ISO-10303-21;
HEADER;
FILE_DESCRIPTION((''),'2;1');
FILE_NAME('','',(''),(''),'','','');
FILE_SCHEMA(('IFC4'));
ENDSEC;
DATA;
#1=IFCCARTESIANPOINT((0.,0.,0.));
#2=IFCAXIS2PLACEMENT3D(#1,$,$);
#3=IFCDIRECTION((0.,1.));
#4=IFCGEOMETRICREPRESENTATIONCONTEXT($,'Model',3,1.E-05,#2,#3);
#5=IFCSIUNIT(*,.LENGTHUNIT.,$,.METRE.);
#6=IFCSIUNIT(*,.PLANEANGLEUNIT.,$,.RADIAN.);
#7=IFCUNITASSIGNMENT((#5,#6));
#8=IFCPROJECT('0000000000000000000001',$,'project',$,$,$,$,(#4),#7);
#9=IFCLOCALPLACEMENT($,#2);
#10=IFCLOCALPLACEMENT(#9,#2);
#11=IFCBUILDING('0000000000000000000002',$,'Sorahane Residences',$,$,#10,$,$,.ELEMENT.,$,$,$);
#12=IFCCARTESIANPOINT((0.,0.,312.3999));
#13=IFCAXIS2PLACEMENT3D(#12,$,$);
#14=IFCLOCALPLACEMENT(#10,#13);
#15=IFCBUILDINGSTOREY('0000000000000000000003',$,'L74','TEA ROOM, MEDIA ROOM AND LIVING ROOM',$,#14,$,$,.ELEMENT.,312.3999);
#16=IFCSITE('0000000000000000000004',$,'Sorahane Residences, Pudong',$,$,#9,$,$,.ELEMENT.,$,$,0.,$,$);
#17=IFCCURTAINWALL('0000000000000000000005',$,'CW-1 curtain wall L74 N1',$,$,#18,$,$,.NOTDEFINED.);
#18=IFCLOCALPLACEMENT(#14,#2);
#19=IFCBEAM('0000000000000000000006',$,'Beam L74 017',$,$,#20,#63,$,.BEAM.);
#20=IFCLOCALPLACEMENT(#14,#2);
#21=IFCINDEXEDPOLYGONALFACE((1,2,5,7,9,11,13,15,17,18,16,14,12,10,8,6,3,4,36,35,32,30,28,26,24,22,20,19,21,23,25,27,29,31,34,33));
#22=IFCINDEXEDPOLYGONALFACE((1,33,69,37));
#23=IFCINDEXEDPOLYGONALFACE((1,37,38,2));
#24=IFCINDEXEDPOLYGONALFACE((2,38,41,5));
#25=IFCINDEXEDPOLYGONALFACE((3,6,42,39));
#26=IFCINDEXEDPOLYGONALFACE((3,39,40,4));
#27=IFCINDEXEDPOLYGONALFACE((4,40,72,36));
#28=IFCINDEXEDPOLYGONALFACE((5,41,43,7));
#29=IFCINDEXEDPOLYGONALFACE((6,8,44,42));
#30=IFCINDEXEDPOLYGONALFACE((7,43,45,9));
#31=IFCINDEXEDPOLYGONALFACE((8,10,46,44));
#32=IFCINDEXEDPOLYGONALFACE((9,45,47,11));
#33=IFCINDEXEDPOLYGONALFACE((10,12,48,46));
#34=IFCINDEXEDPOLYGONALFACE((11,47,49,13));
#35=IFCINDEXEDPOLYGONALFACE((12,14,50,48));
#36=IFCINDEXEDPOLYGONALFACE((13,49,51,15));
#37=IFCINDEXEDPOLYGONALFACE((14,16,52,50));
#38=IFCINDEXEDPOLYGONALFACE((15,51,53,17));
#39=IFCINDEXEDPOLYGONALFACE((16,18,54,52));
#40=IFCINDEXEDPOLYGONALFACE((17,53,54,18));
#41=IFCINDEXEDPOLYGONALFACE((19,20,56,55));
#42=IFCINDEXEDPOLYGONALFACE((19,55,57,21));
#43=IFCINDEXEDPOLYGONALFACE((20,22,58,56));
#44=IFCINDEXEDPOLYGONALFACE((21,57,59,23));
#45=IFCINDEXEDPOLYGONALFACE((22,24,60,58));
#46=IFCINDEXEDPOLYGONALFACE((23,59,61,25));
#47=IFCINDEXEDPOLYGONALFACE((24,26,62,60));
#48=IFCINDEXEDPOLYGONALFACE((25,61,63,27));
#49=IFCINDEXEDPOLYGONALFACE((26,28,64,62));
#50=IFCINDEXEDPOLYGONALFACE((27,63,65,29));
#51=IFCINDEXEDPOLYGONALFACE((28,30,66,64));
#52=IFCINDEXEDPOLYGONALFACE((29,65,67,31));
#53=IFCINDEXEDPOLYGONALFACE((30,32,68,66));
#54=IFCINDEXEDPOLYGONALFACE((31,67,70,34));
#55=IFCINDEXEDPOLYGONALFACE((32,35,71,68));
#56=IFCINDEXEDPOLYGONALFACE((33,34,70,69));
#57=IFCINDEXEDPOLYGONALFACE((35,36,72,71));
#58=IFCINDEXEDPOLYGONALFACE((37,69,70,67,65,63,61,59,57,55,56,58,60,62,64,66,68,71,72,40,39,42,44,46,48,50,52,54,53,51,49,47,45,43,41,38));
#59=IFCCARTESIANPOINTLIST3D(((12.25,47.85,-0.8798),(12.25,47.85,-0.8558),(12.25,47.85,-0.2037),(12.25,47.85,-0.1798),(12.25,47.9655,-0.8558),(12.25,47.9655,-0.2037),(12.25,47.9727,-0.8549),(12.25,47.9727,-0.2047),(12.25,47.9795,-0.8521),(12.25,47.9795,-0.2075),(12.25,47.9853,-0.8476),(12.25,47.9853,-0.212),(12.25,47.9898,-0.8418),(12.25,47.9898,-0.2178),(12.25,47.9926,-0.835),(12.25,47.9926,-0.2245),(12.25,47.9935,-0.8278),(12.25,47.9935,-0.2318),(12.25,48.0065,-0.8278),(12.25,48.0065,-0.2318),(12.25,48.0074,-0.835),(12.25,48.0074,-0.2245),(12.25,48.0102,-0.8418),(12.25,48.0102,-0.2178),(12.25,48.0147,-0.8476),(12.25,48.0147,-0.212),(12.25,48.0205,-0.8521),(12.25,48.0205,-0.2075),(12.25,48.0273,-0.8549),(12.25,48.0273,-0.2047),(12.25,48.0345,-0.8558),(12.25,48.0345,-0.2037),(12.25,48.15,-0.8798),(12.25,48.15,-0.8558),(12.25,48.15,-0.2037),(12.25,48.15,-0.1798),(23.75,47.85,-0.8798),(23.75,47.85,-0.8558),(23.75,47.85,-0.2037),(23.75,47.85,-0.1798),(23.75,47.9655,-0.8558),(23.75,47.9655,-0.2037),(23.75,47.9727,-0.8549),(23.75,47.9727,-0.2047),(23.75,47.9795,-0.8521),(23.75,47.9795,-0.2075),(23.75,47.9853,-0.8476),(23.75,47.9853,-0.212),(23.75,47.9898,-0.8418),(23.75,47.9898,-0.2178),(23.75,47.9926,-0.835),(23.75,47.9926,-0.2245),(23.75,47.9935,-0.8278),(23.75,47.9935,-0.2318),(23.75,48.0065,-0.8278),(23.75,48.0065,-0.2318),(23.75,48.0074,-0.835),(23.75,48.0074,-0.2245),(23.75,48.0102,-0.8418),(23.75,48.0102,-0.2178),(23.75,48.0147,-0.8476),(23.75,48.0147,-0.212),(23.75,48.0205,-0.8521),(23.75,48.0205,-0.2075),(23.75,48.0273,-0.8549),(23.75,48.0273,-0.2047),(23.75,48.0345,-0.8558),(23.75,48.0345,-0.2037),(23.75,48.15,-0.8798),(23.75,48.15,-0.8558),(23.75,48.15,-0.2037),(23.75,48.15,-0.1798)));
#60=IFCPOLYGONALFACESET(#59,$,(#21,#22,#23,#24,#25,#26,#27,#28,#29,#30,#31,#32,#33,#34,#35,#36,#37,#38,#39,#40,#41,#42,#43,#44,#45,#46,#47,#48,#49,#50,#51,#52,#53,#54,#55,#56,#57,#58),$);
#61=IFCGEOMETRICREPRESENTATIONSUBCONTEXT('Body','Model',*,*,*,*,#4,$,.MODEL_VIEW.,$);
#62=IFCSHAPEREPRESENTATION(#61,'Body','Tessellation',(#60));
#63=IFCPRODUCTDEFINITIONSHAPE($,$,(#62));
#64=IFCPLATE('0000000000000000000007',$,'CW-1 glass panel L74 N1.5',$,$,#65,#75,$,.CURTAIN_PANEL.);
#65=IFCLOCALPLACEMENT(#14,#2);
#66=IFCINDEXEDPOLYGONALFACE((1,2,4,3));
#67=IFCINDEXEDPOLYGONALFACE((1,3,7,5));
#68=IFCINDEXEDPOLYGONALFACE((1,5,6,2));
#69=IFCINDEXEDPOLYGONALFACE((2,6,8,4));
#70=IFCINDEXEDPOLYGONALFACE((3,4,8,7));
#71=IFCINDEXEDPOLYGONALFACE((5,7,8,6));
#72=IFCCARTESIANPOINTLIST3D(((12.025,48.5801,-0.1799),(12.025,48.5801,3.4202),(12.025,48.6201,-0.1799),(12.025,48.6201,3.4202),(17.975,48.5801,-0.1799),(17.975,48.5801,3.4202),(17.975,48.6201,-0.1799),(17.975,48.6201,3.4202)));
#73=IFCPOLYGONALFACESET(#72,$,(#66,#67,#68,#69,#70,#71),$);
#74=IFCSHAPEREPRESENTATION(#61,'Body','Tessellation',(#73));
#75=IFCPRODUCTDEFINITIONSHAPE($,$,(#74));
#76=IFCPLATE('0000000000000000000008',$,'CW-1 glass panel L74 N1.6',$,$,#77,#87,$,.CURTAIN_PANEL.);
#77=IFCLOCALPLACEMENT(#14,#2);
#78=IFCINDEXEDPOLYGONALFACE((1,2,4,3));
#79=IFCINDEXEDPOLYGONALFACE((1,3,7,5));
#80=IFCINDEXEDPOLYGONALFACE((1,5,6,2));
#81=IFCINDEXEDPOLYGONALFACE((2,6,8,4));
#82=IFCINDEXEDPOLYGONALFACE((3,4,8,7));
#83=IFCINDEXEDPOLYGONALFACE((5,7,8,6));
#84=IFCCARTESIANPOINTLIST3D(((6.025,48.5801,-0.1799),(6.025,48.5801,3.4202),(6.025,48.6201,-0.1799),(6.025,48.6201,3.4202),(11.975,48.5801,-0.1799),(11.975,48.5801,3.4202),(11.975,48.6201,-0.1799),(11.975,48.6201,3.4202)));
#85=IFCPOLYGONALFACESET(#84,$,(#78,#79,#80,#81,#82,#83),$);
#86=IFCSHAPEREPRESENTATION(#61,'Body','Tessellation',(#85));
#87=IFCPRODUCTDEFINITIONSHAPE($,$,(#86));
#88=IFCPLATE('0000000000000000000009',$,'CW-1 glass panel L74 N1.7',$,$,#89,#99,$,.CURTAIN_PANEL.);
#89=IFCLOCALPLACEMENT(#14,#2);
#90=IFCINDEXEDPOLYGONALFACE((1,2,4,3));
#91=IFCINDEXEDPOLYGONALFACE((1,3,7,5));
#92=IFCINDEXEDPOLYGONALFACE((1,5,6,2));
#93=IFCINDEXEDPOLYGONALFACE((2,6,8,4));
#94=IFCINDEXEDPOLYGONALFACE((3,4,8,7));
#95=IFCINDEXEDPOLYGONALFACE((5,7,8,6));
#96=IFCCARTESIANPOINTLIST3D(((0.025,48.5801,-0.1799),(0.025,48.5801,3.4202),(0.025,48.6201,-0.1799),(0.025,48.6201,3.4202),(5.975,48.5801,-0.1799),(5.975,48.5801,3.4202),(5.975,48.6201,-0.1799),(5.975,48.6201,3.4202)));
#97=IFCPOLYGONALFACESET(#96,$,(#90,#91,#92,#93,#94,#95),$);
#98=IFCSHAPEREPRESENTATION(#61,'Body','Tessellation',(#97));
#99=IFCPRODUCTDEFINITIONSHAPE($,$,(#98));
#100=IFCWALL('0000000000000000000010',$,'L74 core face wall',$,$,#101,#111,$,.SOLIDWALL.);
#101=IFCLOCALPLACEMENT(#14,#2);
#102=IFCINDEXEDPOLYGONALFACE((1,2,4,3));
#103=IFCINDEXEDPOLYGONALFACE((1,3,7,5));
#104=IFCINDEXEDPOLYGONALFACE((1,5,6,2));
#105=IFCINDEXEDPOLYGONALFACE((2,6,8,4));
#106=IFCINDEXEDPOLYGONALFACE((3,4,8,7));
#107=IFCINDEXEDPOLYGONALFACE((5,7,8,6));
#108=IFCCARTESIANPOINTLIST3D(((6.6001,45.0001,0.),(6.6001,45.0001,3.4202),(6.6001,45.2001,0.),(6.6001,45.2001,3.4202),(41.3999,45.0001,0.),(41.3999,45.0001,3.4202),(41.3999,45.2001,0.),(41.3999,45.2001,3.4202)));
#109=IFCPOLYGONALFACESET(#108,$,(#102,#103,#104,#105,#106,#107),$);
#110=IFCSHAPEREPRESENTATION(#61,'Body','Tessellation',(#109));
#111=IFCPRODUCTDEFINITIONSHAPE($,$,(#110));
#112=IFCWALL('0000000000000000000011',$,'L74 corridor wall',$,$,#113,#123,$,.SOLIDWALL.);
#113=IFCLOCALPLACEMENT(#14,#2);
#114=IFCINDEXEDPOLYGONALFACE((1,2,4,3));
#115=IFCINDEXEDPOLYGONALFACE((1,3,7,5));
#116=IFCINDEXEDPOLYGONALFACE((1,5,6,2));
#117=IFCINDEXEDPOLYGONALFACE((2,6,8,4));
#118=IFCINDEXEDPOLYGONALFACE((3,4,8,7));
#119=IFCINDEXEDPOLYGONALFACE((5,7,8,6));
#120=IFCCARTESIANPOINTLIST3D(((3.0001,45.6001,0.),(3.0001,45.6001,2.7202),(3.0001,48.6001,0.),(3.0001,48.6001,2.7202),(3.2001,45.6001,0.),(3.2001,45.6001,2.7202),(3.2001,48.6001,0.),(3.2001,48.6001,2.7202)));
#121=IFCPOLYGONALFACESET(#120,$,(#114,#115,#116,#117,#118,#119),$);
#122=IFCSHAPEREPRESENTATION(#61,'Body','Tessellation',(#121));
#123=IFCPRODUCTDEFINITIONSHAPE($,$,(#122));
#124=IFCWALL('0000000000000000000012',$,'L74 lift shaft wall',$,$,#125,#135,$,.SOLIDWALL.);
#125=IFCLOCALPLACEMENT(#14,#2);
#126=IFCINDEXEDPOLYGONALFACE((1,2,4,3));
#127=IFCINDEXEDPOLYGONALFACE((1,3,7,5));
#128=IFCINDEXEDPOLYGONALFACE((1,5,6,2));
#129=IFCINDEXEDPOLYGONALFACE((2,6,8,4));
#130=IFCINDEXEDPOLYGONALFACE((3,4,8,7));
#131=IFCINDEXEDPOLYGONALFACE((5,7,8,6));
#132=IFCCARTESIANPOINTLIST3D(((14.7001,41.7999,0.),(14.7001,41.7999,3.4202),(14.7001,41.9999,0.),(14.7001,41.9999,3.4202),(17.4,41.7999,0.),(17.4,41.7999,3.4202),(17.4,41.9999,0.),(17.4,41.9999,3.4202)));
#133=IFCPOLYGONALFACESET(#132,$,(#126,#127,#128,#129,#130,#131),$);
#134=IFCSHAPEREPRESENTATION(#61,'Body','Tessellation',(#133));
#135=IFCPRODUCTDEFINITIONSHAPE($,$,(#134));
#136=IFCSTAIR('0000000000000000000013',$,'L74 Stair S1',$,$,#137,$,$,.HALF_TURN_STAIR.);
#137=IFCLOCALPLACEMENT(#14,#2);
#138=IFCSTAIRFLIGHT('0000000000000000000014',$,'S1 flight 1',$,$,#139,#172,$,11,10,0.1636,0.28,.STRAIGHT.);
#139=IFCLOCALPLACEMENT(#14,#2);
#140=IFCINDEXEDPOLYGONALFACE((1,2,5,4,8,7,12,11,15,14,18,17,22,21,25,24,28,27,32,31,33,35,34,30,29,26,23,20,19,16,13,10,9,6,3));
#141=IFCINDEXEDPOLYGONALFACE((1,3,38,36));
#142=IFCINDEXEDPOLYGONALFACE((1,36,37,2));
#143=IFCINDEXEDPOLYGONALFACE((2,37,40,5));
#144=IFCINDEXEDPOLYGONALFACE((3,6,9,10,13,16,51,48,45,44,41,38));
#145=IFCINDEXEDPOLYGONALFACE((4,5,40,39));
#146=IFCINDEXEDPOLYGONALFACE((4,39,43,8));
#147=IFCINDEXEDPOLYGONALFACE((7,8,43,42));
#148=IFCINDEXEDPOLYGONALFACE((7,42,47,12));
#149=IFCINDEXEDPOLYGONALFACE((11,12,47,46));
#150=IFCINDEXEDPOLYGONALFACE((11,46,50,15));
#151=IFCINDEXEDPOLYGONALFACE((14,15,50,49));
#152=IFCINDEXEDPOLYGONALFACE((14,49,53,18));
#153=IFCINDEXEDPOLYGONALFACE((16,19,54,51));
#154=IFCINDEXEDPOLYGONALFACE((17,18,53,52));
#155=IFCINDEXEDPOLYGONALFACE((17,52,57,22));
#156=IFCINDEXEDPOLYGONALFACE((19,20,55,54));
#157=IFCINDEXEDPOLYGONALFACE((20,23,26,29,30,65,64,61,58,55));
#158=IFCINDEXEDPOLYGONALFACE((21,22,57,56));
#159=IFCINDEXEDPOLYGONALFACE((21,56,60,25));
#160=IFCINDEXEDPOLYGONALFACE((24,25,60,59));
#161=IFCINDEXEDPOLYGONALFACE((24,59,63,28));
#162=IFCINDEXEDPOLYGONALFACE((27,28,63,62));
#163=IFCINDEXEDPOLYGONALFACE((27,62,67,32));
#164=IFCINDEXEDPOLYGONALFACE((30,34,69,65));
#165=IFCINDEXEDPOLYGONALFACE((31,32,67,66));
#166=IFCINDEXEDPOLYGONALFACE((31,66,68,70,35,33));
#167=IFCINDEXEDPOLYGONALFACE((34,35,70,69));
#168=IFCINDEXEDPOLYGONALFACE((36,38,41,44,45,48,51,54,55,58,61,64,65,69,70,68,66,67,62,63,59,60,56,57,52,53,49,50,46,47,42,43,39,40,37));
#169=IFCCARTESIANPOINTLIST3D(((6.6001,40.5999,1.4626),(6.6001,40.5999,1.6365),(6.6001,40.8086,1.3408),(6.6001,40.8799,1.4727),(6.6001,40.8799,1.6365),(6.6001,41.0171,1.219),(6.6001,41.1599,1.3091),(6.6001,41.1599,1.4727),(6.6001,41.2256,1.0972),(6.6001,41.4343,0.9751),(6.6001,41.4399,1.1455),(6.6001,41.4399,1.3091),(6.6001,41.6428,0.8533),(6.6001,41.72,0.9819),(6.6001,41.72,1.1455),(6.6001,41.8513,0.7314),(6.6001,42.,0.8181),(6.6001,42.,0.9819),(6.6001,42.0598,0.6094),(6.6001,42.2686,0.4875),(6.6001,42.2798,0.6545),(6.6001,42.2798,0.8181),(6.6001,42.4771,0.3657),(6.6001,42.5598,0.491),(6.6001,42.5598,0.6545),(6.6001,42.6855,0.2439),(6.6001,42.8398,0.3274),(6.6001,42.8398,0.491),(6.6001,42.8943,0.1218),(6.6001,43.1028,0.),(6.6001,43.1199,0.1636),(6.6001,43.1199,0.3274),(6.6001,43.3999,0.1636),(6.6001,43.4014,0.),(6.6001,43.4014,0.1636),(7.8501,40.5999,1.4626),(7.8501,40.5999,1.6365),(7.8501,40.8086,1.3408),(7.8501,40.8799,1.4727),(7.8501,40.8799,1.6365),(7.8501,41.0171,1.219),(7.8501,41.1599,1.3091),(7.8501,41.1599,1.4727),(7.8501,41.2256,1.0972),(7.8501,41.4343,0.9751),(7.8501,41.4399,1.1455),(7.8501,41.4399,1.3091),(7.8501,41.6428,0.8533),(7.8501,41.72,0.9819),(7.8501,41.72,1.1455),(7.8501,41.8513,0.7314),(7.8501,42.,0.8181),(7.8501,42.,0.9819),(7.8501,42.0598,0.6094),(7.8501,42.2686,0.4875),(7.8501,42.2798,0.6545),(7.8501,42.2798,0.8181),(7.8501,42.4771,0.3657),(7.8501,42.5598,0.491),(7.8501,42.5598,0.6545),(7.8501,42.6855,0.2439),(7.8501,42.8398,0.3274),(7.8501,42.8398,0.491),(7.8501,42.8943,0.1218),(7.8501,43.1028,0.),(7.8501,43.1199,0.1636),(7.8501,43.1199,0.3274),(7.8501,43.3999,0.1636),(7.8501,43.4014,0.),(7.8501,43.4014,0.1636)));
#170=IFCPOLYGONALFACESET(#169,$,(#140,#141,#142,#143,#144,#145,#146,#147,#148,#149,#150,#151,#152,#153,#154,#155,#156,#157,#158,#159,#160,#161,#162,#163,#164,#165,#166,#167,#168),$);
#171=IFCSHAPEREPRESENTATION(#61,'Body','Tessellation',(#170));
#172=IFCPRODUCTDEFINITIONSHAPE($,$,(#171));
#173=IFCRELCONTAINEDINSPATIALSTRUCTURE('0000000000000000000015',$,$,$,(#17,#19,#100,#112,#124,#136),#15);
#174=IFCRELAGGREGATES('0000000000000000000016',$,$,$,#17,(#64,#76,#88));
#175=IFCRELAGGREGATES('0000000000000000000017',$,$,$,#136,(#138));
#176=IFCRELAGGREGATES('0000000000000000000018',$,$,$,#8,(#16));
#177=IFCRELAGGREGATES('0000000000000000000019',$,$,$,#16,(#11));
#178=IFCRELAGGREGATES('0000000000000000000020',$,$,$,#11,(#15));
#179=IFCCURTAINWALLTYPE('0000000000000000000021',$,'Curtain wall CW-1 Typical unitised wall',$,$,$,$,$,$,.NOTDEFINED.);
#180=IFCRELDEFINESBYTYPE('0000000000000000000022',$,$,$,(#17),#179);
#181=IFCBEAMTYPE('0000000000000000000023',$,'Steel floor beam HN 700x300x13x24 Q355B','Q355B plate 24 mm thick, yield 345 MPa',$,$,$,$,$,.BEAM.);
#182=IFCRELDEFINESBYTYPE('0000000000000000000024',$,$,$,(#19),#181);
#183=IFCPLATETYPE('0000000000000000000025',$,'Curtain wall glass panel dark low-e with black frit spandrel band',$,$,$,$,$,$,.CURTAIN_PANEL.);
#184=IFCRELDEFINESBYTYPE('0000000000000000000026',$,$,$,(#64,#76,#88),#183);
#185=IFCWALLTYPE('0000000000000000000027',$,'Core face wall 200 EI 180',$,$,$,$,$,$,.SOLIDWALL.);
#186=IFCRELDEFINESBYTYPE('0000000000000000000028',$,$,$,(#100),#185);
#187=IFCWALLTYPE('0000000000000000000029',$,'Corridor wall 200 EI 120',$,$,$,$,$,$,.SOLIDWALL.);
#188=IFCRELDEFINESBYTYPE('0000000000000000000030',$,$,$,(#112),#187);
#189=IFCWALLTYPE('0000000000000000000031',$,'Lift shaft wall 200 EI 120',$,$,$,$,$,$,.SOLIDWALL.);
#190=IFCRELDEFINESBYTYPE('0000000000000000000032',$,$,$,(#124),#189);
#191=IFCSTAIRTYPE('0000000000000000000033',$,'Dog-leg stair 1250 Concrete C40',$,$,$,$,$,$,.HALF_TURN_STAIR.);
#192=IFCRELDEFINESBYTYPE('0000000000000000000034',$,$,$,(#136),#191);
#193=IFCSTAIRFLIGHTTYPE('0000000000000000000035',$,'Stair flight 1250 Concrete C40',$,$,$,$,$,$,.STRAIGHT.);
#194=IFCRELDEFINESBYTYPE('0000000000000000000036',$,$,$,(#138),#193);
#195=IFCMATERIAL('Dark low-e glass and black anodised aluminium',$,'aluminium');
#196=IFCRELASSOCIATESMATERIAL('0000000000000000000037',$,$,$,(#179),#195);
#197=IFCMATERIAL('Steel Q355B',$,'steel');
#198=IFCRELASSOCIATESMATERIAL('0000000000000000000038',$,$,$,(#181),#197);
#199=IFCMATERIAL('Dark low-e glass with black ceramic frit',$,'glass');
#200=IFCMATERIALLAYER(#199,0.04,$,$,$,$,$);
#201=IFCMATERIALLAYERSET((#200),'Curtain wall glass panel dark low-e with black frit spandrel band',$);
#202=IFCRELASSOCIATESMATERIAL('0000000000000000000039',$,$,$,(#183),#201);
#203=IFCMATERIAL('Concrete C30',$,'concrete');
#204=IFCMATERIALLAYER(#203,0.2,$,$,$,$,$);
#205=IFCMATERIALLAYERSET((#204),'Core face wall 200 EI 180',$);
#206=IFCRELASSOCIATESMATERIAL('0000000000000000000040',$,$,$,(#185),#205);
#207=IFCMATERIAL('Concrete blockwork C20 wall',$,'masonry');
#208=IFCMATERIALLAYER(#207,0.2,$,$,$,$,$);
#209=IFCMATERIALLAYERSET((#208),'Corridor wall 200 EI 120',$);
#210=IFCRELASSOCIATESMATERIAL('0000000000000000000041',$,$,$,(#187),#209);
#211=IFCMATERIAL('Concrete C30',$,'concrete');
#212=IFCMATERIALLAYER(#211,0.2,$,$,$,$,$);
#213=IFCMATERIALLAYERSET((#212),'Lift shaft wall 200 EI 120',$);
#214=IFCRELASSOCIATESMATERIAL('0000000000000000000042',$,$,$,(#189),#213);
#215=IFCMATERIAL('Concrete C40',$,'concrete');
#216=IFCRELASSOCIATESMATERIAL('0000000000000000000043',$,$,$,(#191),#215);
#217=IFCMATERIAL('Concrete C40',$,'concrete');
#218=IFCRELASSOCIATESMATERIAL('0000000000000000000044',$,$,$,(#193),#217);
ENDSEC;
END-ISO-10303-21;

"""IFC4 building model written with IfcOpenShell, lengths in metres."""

from ifc_helpers import new_model, si_unit, direction, frame, frame_2d, origin, origin_2d, place, context, subcontext, project, spatial, polyline, rectangle, i_section, outline, extrude, material, layer, layer_set, material_profile, profile_set, type_object, element, aggregate, save


model = new_model("IFC4")

# Units and contexts
model_context = context("Model", 3, precision=1e-05, world=origin(), true_north=direction((0.0, 1.0)))
body_context = subcontext(model_context, "Body", "Model", "MODEL_VIEW")
ifc_project = project(units=[si_unit("LENGTHUNIT", "METRE"), si_unit("PLANEANGLEUNIT", "RADIAN")], contexts=[model_context])

# Site, building, storey
site_placement = place(None, origin())
site = spatial("IfcSite", under=ifc_project, at=site_placement, Name="Sorahane Residences, Pudong", CompositionType="ELEMENT", RefElevation=0.0)
building_placement = place(site_placement, origin())
building = spatial("IfcBuilding", under=site, at=building_placement, Name="Sorahane Residences", CompositionType="ELEMENT")
storey_placement = place(building_placement, frame((0.0, 0.0, 312.3999)))
storey = spatial("IfcBuildingStorey", under=building, at=storey_placement, Name="L74", Description="TEA ROOM, MEDIA ROOM AND LIVING ROOM", CompositionType="ELEMENT", Elevation=312.3999)

# Curtain wall
ifc_material_1 = material(Name="Dark low-e glass and black anodised aluminium", Category="aluminium")
curtain_wall_type = type_object("IfcCurtainWallType", Name="Curtain wall CW-1 Typical unitised wall", PredefinedType="NOTDEFINED", material=ifc_material_1)
curtain_wall_placement = place(storey_placement, origin())
curtain_wall = element("IfcCurtainWall", 1, at=curtain_wall_placement, inside=storey, type_object=curtain_wall_type, Name="CW-1 curtain wall L74 N1", PredefinedType="NOTDEFINED")

# Beam
ifc_material_2 = material(Name="Steel Q355B", Category="steel")
ifc_material_profile_1 = material_profile(ifc_material_2, i_section(OverallWidth=0.3, OverallDepth=0.7, WebThickness=0.0129, FlangeThickness=0.0239, FilletRadius=0.0281, at=origin_2d()), Name="HN 700x300x13x24")
ifc_profile_set_1 = profile_set([ifc_material_profile_1], Name="Steel Q355B")
beam_type_1 = type_object("IfcBeamType", Name="Steel floor beam HN 700x300x13x24 Q355B", Description="Q355B plate 24 mm thick, yield 345 MPa", PredefinedType="BEAM", material=ifc_profile_set_1)
for number, where, z_axis, x_axis, name in (
    (2, (12.25, 48.0, -0.5298), (1.0, 0.0, 0.0), (0.0, 1.0, 0.0), "Beam L74 017"),
):
    element("IfcBeam", number, at=place(storey_placement, frame(where, z_axis=z_axis, x_axis=x_axis)), inside=storey, type_object=beam_type_1, Name=name, PredefinedType="BEAM", context=body_context, shape_type="SweptSolid", body=[
        extrude(i_section(OverallWidth=0.3, OverallDepth=0.7, WebThickness=0.0129, FlangeThickness=0.0239, FilletRadius=0.0281, at=origin_2d()), origin(), (0.0, 0.0, 1.0), 11.5),
    ])

# Plates
ifc_material_3 = material(Name="Dark low-e glass with black ceramic frit", Category="glass")
ifc_layer_1 = layer(ifc_material_3, 0.04)
ifc_layer_set_1 = layer_set([ifc_layer_1], Name="Curtain wall glass panel dark low-e with black frit spandrel band")
plate_type = type_object("IfcPlateType", Name="Curtain wall glass panel dark low-e with black frit spandrel band", PredefinedType="CURTAIN_PANEL", material=ifc_layer_set_1)
plate_1_placement = place(storey_placement, frame((15.0, 48.6001, -0.1799), z_axis=(0.0, 0.0, 1.0), x_axis=(-1.0, 0.0, 0.0)))
plate_1 = element("IfcPlate", 3, at=plate_1_placement, type_object=plate_type, Name="CW-1 glass panel L74 N1.5", PredefinedType="CURTAIN_PANEL", context=body_context, shape_type="SweptSolid", body=[
    extrude(rectangle(XDim=5.95, YDim=0.04, at=origin_2d()), origin(), (0.0, 0.0, 1.0), 3.6001),
])
plate_2_placement = place(storey_placement, frame((9.0, 48.6001, -0.1799), z_axis=(0.0, 0.0, 1.0), x_axis=(-1.0, 0.0, 0.0)))
plate_2 = element("IfcPlate", 4, at=plate_2_placement, type_object=plate_type, Name="CW-1 glass panel L74 N1.6", PredefinedType="CURTAIN_PANEL", context=body_context, shape_type="SweptSolid", body=[
    extrude(rectangle(XDim=5.95, YDim=0.04, at=origin_2d()), origin(), (0.0, 0.0, 1.0), 3.6001),
])
plate_3_placement = place(storey_placement, frame((3.0, 48.6001, -0.1799), z_axis=(0.0, 0.0, 1.0), x_axis=(-1.0, 0.0, 0.0)))
plate_3 = element("IfcPlate", 5, at=plate_3_placement, type_object=plate_type, Name="CW-1 glass panel L74 N1.7", PredefinedType="CURTAIN_PANEL", context=body_context, shape_type="SweptSolid", body=[
    extrude(rectangle(XDim=5.95, YDim=0.04, at=origin_2d()), origin(), (0.0, 0.0, 1.0), 3.6001),
])
aggregate(curtain_wall, [plate_1, plate_2, plate_3])

# Walls
ifc_material_4 = material(Name="Concrete C30", Category="concrete")
ifc_layer_2 = layer(ifc_material_4, 0.2)
ifc_layer_set_2 = layer_set([ifc_layer_2], Name="Core face wall 200 EI 180")
wall_type_1 = type_object("IfcWallType", Name="Core face wall 200 EI 180", PredefinedType="SOLIDWALL", material=ifc_layer_set_2)
wall_1_placement = place(storey_placement, frame((6.6001, 45.1001, 0.0), z_axis=(0.0, 0.0, 1.0), x_axis=(1.0, 0.0, 0.0)))
element("IfcWall", 6, at=wall_1_placement, inside=storey, type_object=wall_type_1, Name="L74 core face wall", PredefinedType="SOLIDWALL", context=body_context, shape_type="SweptSolid", body=[
    extrude(rectangle(XDim=34.7998, YDim=0.2, at=frame_2d((17.3999, 0.0))), origin(), (0.0, 0.0, 1.0), 3.4202),
])
ifc_material_5 = material(Name="Concrete blockwork C20 wall", Category="masonry")
ifc_layer_3 = layer(ifc_material_5, 0.2)
ifc_layer_set_3 = layer_set([ifc_layer_3], Name="Corridor wall 200 EI 120")
wall_type_2 = type_object("IfcWallType", Name="Corridor wall 200 EI 120", PredefinedType="SOLIDWALL", material=ifc_layer_set_3)
wall_2_placement = place(storey_placement, frame((3.1001, 45.6001, 0.0), z_axis=(0.0, 0.0, 1.0), x_axis=(0.0, 1.0, 0.0)))
element("IfcWall", 7, at=wall_2_placement, inside=storey, type_object=wall_type_2, Name="L74 corridor wall", PredefinedType="SOLIDWALL", context=body_context, shape_type="SweptSolid", body=[
    extrude(rectangle(XDim=3.0, YDim=0.2, at=frame_2d((1.5, 0.0))), origin(), (0.0, 0.0, 1.0), 2.7202),
])
ifc_material_6 = material(Name="Concrete C30", Category="concrete")
ifc_layer_4 = layer(ifc_material_6, 0.2)
ifc_layer_set_4 = layer_set([ifc_layer_4], Name="Lift shaft wall 200 EI 120")
wall_type_3 = type_object("IfcWallType", Name="Lift shaft wall 200 EI 120", PredefinedType="SOLIDWALL", material=ifc_layer_set_4)
wall_3_placement = place(storey_placement, frame((14.7, 41.8999, 0.0), z_axis=(0.0, 0.0, 1.0), x_axis=(1.0, 0.0, 0.0)))
element("IfcWall", 8, at=wall_3_placement, inside=storey, type_object=wall_type_3, Name="L74 lift shaft wall", PredefinedType="SOLIDWALL", context=body_context, shape_type="SweptSolid", body=[
    extrude(rectangle(XDim=2.7, YDim=0.2, at=frame_2d((1.3501, 0.0))), origin(), (0.0, 0.0, 1.0), 3.4202),
])

# Stair, stair flight
ifc_material_7 = material(Name="Concrete C40", Category="concrete")
stair_type = type_object("IfcStairType", Name="Dog-leg stair 1250 Concrete C40", PredefinedType="HALF_TURN_STAIR", material=ifc_material_7)
stair_placement = place(storey_placement, origin())
stair = element("IfcStair", 9, at=stair_placement, inside=storey, type_object=stair_type, Name="L74 Stair S1", PredefinedType="HALF_TURN_STAIR")
ifc_material_8 = material(Name="Concrete C40", Category="concrete")
stair_flight_type = type_object("IfcStairFlightType", Name="Stair flight 1250 Concrete C40", PredefinedType="STRAIGHT", material=ifc_material_8)
stair_flight_placement = place(storey_placement, frame((7.2251, 43.3999, 0.0), z_axis=(0.0, 0.0, 1.0), x_axis=(0.0, -1.0, 0.0)))
stair_flight = element("IfcStairFlight", 10, at=stair_flight_placement, type_object=stair_flight_type, Name="S1 flight 1", NumberOfRisers=11, NumberOfTreads=10, PredefinedType="STRAIGHT", RiserHeight=0.1636, TreadLength=0.28, context=body_context, shape_type="SweptSolid", body=[
    extrude(outline(polyline([(-0.0015, 0.0), (-0.0015, 0.1636), (0.0, 0.1636), (0.28, 0.1636), (0.28, 0.3274), (0.5601, 0.3274), (0.5601, 0.491), (0.8401, 0.491), (0.8401, 0.6545), (1.1201, 0.6545), (1.1201, 0.8181), (1.3999, 0.8181), (1.3999, 0.9819), (1.6799, 0.9819), (1.6799, 1.1455), (1.96, 1.1455), (1.96, 1.3091), (2.24, 1.3091), (2.24, 1.4727), (2.52, 1.4727), (2.52, 1.6365), (2.8, 1.6365), (2.8, 1.8), (2.8, 1.4626), (2.5913, 1.3408), (2.3828, 1.219), (2.1743, 1.0972), (1.9656, 0.9751), (1.7571, 0.8533), (1.5486, 0.7314), (1.3401, 0.6094), (1.1313, 0.4875), (0.9229, 0.3657), (0.7144, 0.2439), (0.5056, 0.1218), (0.2971, 0.0), (-0.0015, 0.0)])), frame((0.0, 0.625, 0.0), z_axis=(0.0, -1.0, 0.0), x_axis=(1.0, 0.0, 0.0)), (0.0, 0.0, 1.0), 1.25),
])
aggregate(stair, [stair_flight])

save(model, "model.ifc")
